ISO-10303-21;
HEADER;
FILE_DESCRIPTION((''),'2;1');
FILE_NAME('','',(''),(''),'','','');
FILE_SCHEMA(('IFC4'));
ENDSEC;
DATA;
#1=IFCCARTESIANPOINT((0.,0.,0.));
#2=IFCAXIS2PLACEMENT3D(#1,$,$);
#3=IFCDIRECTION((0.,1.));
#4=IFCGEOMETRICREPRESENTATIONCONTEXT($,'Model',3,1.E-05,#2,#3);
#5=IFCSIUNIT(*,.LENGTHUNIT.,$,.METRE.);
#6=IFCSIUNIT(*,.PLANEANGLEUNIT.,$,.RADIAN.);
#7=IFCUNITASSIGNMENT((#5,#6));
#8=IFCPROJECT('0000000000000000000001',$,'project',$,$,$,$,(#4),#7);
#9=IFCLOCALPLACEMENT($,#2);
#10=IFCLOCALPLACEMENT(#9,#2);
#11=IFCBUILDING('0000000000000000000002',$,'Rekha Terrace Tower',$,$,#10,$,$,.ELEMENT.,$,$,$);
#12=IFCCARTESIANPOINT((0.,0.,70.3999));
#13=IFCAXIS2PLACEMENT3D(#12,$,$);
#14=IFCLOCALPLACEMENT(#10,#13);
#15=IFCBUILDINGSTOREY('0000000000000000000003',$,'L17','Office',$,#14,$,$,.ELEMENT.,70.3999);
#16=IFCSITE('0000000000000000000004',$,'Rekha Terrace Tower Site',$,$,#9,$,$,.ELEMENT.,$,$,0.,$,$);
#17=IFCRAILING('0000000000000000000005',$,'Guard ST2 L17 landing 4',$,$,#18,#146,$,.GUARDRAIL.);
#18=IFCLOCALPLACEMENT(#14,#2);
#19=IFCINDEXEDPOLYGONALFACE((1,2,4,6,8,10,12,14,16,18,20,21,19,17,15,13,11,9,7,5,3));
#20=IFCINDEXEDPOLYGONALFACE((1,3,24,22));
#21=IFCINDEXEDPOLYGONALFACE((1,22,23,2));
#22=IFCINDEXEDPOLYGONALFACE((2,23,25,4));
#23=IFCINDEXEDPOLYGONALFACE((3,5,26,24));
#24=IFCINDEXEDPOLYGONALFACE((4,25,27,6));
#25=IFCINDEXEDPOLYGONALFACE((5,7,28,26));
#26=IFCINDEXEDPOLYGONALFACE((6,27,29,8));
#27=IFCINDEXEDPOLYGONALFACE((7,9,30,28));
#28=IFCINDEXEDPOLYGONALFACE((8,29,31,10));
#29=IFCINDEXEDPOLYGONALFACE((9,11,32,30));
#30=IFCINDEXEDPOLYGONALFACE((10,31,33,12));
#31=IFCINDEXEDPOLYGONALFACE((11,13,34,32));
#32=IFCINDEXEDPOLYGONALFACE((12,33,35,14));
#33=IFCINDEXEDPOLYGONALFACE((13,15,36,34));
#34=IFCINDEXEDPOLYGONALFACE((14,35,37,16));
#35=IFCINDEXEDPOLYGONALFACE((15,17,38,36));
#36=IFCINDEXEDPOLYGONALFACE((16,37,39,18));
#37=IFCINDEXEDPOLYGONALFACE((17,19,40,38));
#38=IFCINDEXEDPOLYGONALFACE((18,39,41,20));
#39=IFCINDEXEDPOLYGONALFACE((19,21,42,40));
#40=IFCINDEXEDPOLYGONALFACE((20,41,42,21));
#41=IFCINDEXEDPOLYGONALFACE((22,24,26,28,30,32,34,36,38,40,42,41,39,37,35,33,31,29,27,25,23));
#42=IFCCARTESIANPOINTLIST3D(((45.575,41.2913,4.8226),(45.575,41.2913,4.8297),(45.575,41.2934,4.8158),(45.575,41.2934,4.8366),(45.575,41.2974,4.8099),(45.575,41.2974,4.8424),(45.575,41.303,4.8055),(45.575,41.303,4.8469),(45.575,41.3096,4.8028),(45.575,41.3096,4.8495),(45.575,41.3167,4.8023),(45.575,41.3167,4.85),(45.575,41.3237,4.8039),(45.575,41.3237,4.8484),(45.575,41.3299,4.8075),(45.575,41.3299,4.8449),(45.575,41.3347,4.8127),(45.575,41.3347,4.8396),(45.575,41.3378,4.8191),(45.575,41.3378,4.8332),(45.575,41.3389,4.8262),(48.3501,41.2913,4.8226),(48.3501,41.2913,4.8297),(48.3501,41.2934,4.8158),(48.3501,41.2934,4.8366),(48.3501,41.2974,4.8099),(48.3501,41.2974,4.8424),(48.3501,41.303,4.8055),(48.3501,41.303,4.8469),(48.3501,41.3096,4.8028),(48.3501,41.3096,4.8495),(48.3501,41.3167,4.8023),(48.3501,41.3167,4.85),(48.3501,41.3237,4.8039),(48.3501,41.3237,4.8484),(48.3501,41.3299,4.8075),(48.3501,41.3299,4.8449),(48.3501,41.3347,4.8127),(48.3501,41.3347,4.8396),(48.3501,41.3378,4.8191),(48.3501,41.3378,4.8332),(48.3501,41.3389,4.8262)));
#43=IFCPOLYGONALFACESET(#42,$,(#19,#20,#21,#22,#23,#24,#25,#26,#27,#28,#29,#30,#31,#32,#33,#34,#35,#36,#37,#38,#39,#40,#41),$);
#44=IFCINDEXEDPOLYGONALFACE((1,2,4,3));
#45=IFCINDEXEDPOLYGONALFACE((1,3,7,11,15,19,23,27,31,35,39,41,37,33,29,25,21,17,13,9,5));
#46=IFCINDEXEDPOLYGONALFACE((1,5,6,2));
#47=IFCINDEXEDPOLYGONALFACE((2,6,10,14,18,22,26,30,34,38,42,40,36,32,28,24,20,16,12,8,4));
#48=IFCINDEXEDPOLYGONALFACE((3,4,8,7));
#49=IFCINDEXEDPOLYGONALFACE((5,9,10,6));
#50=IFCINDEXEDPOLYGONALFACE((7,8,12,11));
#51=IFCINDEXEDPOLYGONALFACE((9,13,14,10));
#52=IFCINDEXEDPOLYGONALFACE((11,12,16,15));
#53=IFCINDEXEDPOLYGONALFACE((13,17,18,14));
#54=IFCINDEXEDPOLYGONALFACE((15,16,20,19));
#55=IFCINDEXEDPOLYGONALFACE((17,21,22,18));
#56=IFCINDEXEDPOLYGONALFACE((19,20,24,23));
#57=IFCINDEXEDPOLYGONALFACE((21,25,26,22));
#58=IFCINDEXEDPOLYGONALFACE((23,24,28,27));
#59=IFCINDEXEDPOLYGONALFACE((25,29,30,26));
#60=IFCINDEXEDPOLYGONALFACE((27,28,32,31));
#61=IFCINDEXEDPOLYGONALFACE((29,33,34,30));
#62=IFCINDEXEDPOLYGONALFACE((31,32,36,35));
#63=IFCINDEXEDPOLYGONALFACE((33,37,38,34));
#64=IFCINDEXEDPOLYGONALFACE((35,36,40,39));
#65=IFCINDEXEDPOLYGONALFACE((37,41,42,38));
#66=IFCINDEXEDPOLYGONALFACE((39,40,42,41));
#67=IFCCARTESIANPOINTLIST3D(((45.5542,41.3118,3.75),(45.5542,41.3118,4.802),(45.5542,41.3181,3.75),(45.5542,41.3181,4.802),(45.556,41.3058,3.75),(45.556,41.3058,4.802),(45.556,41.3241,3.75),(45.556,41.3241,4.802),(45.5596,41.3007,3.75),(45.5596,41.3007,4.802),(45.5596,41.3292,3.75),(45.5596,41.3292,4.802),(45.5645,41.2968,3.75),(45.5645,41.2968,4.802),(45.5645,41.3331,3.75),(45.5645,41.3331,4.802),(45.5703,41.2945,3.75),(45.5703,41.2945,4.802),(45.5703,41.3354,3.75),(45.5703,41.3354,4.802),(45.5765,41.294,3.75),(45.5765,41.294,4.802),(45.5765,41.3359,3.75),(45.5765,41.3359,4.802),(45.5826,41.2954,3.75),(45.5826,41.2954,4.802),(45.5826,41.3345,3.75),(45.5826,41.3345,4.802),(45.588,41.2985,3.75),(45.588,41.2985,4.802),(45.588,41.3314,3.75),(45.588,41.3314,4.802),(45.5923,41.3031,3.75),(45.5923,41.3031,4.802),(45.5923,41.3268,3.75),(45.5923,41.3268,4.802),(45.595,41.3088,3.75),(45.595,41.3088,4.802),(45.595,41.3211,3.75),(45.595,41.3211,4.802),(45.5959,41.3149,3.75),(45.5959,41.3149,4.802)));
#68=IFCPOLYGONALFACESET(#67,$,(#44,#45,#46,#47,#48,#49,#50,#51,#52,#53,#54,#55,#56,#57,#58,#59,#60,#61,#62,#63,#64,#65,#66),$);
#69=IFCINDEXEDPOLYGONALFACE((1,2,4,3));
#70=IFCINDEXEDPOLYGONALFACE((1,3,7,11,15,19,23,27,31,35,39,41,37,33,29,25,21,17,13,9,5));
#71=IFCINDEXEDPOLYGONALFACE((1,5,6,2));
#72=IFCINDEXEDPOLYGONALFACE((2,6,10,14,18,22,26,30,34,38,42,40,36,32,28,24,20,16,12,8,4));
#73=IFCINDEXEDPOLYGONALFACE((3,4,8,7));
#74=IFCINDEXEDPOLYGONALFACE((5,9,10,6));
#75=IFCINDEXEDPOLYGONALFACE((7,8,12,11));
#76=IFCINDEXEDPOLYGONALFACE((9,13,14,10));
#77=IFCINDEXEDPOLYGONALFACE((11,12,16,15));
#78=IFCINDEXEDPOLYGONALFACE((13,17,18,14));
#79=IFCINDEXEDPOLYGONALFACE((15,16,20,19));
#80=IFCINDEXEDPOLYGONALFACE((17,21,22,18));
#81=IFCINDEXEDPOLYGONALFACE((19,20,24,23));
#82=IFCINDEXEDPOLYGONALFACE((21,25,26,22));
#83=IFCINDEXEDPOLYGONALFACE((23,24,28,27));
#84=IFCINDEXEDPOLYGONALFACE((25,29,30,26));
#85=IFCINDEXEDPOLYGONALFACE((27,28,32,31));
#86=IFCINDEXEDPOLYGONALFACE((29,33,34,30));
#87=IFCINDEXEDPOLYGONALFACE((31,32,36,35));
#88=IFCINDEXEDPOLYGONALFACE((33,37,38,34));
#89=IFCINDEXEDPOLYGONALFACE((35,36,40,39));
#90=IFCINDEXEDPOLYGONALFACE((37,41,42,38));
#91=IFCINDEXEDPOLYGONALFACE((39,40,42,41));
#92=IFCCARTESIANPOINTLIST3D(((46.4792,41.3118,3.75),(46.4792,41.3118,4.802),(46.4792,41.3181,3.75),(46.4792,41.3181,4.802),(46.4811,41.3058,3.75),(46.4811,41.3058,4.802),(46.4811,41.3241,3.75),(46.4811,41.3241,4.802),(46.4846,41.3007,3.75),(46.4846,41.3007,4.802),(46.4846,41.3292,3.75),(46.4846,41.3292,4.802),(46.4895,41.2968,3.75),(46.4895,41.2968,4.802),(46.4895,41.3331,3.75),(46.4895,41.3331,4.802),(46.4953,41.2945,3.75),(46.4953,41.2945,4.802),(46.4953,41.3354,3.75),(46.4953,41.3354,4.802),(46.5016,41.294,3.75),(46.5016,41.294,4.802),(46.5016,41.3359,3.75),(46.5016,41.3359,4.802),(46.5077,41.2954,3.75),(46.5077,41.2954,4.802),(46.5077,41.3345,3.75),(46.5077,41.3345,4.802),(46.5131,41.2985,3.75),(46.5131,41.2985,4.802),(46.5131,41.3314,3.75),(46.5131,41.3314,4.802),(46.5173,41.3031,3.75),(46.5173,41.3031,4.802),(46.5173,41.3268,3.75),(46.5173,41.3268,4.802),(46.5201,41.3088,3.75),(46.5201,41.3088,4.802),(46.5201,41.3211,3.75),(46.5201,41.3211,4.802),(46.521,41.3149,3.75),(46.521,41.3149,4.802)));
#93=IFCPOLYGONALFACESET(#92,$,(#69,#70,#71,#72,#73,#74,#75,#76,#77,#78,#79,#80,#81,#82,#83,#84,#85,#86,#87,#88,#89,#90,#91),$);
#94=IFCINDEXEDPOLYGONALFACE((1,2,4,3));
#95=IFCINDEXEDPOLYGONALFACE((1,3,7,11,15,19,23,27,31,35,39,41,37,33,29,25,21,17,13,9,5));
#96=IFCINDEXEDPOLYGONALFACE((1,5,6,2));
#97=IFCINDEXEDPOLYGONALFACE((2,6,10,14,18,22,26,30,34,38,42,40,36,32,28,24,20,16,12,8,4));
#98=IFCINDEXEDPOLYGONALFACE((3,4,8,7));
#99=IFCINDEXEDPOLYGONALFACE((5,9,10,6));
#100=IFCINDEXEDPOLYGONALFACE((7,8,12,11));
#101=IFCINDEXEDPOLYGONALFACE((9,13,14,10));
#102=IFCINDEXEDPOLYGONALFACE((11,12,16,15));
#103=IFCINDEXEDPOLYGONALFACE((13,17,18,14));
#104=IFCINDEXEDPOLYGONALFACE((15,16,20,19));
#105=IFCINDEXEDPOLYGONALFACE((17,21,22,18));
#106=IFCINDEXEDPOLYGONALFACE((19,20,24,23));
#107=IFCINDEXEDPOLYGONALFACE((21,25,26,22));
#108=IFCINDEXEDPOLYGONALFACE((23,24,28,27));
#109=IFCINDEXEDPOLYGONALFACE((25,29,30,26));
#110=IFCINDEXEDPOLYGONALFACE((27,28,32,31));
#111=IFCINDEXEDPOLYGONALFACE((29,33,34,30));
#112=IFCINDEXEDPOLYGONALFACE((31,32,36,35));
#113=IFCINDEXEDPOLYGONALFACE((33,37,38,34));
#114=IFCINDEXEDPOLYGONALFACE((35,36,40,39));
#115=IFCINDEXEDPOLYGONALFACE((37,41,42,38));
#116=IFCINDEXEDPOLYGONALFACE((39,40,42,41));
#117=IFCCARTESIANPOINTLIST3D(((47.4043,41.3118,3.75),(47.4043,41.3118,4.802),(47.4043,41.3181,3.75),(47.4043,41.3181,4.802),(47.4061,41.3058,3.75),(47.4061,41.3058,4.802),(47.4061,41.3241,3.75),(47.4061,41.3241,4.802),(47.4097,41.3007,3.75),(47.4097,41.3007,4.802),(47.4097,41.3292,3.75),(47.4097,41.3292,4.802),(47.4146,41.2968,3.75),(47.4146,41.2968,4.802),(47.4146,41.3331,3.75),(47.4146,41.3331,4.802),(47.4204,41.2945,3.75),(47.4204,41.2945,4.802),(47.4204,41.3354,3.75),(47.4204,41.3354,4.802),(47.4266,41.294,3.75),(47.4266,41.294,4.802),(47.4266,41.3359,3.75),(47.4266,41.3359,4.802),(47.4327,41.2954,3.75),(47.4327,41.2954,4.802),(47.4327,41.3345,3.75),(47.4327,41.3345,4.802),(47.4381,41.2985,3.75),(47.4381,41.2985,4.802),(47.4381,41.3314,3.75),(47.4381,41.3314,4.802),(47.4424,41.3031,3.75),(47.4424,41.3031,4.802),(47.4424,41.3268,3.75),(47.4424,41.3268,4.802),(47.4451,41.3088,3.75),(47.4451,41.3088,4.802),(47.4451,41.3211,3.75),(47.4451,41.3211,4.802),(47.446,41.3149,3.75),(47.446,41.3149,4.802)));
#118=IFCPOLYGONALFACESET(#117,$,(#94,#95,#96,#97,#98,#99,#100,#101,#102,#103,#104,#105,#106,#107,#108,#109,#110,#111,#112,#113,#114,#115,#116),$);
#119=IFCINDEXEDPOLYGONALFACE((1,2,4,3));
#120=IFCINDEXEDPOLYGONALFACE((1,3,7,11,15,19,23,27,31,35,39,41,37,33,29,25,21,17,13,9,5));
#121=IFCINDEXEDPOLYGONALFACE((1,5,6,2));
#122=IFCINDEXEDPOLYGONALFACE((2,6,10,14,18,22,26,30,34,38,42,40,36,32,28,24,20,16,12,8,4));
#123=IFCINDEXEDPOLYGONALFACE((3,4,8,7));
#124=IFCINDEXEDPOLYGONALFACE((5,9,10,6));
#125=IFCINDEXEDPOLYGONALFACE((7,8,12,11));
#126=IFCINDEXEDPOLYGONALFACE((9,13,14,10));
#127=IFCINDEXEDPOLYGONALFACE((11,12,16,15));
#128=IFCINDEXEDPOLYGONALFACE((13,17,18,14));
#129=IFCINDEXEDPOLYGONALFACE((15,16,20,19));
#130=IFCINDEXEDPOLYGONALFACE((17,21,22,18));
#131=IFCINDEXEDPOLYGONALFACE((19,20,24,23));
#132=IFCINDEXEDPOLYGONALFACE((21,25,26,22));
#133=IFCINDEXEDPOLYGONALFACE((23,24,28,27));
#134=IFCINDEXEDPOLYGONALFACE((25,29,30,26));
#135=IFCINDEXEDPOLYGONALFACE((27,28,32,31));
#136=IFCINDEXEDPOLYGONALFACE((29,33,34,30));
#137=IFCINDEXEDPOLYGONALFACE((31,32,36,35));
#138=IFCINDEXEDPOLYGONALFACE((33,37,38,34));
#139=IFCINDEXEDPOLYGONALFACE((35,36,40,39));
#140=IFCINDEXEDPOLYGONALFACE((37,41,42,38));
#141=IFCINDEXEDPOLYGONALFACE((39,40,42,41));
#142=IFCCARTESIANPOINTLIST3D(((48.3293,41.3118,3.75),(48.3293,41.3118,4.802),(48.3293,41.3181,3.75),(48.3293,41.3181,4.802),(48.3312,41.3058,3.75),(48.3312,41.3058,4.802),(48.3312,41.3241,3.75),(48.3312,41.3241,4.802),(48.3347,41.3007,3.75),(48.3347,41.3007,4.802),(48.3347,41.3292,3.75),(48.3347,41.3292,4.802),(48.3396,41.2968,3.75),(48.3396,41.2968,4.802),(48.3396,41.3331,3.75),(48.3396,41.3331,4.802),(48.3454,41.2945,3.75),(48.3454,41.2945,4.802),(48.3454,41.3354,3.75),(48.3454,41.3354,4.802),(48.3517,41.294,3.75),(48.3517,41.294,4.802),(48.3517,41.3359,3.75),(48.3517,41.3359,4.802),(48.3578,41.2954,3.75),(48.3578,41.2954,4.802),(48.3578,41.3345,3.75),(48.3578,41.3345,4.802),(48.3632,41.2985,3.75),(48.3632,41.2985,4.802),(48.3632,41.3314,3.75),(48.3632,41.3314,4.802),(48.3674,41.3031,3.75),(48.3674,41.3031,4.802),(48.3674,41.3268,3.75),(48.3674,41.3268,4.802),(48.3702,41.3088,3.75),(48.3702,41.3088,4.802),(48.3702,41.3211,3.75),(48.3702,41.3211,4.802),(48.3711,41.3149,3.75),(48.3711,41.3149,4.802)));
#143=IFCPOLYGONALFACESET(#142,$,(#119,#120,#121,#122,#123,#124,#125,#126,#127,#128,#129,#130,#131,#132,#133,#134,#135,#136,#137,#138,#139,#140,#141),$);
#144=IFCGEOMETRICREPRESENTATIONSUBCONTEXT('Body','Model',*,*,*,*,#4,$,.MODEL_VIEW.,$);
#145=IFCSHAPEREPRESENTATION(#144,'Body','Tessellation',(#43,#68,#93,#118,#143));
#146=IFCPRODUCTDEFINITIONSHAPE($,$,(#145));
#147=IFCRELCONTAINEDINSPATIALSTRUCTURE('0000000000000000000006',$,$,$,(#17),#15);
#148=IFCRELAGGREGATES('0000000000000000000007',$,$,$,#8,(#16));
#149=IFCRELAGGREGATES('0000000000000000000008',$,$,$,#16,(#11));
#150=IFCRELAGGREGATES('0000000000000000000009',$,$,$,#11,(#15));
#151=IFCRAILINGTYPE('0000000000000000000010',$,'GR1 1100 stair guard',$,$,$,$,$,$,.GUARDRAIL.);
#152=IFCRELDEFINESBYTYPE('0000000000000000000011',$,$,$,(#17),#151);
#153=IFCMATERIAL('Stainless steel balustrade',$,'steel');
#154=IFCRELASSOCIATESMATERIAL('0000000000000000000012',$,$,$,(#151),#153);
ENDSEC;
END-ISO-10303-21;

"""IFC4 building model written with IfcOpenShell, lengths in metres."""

from ifc_helpers import new_model, si_unit, direction, frame, origin, origin_2d, place, context, subcontext, project, spatial, circle, extrude, material, type_object, element, save


model = new_model("IFC4")

# Units and contexts
model_context = context("Model", 3, precision=1e-05, world=origin(), true_north=direction((0.0, 1.0)))
body_context = subcontext(model_context, "Body", "Model", "MODEL_VIEW")
ifc_project = project(units=[si_unit("LENGTHUNIT", "METRE"), si_unit("PLANEANGLEUNIT", "RADIAN")], contexts=[model_context])

# Site, building, storey
site_placement = place(None, origin())
site = spatial("IfcSite", under=ifc_project, at=site_placement, Name="Rekha Terrace Tower Site", CompositionType="ELEMENT", RefElevation=0.0)
building_placement = place(site_placement, origin())
building = spatial("IfcBuilding", under=site, at=building_placement, Name="Rekha Terrace Tower", CompositionType="ELEMENT")
storey_placement = place(building_placement, frame((0.0, 0.0, 70.3999)))
storey = spatial("IfcBuildingStorey", under=building, at=storey_placement, Name="L17", Description="Office", CompositionType="ELEMENT", Elevation=70.3999)

# Railing
ifc_material_1 = material(Name="Stainless steel balustrade", Category="steel")
railing_type_1 = type_object("IfcRailingType", Name="GR1 1100 stair guard", PredefinedType="GUARDRAIL", material=ifc_material_1)
railing_1_placement = place(storey_placement, frame((45.575, 41.3149, 3.75)))
element("IfcRailing", 1, at=railing_1_placement, inside=storey, type_object=railing_type_1, Name="Guard ST2 L17 landing 4", PredefinedType="GUARDRAIL", context=body_context, shape_type="SweptSolid", body=[
    extrude(circle(Radius=0.0239, at=origin_2d()), frame((0.0, 0.0, 1.0762), z_axis=(1.0, 0.0, 0.0), x_axis=(0.0, 1.0, 0.0)), (0.0, 0.0, 1.0), 2.7751),
    extrude(circle(Radius=0.021, at=origin_2d()), origin(), (0.0, 0.0, 1.0), 1.052),
    extrude(circle(Radius=0.021, at=origin_2d()), frame((0.925, 0.0, 0.0)), (0.0, 0.0, 1.0), 1.052),
    extrude(circle(Radius=0.021, at=origin_2d()), frame((1.8501, 0.0, 0.0)), (0.0, 0.0, 1.0), 1.052),
    extrude(circle(Radius=0.021, at=origin_2d()), frame((2.7751, 0.0, 0.0)), (0.0, 0.0, 1.0), 1.052),
])

save(model, "model.ifc")
